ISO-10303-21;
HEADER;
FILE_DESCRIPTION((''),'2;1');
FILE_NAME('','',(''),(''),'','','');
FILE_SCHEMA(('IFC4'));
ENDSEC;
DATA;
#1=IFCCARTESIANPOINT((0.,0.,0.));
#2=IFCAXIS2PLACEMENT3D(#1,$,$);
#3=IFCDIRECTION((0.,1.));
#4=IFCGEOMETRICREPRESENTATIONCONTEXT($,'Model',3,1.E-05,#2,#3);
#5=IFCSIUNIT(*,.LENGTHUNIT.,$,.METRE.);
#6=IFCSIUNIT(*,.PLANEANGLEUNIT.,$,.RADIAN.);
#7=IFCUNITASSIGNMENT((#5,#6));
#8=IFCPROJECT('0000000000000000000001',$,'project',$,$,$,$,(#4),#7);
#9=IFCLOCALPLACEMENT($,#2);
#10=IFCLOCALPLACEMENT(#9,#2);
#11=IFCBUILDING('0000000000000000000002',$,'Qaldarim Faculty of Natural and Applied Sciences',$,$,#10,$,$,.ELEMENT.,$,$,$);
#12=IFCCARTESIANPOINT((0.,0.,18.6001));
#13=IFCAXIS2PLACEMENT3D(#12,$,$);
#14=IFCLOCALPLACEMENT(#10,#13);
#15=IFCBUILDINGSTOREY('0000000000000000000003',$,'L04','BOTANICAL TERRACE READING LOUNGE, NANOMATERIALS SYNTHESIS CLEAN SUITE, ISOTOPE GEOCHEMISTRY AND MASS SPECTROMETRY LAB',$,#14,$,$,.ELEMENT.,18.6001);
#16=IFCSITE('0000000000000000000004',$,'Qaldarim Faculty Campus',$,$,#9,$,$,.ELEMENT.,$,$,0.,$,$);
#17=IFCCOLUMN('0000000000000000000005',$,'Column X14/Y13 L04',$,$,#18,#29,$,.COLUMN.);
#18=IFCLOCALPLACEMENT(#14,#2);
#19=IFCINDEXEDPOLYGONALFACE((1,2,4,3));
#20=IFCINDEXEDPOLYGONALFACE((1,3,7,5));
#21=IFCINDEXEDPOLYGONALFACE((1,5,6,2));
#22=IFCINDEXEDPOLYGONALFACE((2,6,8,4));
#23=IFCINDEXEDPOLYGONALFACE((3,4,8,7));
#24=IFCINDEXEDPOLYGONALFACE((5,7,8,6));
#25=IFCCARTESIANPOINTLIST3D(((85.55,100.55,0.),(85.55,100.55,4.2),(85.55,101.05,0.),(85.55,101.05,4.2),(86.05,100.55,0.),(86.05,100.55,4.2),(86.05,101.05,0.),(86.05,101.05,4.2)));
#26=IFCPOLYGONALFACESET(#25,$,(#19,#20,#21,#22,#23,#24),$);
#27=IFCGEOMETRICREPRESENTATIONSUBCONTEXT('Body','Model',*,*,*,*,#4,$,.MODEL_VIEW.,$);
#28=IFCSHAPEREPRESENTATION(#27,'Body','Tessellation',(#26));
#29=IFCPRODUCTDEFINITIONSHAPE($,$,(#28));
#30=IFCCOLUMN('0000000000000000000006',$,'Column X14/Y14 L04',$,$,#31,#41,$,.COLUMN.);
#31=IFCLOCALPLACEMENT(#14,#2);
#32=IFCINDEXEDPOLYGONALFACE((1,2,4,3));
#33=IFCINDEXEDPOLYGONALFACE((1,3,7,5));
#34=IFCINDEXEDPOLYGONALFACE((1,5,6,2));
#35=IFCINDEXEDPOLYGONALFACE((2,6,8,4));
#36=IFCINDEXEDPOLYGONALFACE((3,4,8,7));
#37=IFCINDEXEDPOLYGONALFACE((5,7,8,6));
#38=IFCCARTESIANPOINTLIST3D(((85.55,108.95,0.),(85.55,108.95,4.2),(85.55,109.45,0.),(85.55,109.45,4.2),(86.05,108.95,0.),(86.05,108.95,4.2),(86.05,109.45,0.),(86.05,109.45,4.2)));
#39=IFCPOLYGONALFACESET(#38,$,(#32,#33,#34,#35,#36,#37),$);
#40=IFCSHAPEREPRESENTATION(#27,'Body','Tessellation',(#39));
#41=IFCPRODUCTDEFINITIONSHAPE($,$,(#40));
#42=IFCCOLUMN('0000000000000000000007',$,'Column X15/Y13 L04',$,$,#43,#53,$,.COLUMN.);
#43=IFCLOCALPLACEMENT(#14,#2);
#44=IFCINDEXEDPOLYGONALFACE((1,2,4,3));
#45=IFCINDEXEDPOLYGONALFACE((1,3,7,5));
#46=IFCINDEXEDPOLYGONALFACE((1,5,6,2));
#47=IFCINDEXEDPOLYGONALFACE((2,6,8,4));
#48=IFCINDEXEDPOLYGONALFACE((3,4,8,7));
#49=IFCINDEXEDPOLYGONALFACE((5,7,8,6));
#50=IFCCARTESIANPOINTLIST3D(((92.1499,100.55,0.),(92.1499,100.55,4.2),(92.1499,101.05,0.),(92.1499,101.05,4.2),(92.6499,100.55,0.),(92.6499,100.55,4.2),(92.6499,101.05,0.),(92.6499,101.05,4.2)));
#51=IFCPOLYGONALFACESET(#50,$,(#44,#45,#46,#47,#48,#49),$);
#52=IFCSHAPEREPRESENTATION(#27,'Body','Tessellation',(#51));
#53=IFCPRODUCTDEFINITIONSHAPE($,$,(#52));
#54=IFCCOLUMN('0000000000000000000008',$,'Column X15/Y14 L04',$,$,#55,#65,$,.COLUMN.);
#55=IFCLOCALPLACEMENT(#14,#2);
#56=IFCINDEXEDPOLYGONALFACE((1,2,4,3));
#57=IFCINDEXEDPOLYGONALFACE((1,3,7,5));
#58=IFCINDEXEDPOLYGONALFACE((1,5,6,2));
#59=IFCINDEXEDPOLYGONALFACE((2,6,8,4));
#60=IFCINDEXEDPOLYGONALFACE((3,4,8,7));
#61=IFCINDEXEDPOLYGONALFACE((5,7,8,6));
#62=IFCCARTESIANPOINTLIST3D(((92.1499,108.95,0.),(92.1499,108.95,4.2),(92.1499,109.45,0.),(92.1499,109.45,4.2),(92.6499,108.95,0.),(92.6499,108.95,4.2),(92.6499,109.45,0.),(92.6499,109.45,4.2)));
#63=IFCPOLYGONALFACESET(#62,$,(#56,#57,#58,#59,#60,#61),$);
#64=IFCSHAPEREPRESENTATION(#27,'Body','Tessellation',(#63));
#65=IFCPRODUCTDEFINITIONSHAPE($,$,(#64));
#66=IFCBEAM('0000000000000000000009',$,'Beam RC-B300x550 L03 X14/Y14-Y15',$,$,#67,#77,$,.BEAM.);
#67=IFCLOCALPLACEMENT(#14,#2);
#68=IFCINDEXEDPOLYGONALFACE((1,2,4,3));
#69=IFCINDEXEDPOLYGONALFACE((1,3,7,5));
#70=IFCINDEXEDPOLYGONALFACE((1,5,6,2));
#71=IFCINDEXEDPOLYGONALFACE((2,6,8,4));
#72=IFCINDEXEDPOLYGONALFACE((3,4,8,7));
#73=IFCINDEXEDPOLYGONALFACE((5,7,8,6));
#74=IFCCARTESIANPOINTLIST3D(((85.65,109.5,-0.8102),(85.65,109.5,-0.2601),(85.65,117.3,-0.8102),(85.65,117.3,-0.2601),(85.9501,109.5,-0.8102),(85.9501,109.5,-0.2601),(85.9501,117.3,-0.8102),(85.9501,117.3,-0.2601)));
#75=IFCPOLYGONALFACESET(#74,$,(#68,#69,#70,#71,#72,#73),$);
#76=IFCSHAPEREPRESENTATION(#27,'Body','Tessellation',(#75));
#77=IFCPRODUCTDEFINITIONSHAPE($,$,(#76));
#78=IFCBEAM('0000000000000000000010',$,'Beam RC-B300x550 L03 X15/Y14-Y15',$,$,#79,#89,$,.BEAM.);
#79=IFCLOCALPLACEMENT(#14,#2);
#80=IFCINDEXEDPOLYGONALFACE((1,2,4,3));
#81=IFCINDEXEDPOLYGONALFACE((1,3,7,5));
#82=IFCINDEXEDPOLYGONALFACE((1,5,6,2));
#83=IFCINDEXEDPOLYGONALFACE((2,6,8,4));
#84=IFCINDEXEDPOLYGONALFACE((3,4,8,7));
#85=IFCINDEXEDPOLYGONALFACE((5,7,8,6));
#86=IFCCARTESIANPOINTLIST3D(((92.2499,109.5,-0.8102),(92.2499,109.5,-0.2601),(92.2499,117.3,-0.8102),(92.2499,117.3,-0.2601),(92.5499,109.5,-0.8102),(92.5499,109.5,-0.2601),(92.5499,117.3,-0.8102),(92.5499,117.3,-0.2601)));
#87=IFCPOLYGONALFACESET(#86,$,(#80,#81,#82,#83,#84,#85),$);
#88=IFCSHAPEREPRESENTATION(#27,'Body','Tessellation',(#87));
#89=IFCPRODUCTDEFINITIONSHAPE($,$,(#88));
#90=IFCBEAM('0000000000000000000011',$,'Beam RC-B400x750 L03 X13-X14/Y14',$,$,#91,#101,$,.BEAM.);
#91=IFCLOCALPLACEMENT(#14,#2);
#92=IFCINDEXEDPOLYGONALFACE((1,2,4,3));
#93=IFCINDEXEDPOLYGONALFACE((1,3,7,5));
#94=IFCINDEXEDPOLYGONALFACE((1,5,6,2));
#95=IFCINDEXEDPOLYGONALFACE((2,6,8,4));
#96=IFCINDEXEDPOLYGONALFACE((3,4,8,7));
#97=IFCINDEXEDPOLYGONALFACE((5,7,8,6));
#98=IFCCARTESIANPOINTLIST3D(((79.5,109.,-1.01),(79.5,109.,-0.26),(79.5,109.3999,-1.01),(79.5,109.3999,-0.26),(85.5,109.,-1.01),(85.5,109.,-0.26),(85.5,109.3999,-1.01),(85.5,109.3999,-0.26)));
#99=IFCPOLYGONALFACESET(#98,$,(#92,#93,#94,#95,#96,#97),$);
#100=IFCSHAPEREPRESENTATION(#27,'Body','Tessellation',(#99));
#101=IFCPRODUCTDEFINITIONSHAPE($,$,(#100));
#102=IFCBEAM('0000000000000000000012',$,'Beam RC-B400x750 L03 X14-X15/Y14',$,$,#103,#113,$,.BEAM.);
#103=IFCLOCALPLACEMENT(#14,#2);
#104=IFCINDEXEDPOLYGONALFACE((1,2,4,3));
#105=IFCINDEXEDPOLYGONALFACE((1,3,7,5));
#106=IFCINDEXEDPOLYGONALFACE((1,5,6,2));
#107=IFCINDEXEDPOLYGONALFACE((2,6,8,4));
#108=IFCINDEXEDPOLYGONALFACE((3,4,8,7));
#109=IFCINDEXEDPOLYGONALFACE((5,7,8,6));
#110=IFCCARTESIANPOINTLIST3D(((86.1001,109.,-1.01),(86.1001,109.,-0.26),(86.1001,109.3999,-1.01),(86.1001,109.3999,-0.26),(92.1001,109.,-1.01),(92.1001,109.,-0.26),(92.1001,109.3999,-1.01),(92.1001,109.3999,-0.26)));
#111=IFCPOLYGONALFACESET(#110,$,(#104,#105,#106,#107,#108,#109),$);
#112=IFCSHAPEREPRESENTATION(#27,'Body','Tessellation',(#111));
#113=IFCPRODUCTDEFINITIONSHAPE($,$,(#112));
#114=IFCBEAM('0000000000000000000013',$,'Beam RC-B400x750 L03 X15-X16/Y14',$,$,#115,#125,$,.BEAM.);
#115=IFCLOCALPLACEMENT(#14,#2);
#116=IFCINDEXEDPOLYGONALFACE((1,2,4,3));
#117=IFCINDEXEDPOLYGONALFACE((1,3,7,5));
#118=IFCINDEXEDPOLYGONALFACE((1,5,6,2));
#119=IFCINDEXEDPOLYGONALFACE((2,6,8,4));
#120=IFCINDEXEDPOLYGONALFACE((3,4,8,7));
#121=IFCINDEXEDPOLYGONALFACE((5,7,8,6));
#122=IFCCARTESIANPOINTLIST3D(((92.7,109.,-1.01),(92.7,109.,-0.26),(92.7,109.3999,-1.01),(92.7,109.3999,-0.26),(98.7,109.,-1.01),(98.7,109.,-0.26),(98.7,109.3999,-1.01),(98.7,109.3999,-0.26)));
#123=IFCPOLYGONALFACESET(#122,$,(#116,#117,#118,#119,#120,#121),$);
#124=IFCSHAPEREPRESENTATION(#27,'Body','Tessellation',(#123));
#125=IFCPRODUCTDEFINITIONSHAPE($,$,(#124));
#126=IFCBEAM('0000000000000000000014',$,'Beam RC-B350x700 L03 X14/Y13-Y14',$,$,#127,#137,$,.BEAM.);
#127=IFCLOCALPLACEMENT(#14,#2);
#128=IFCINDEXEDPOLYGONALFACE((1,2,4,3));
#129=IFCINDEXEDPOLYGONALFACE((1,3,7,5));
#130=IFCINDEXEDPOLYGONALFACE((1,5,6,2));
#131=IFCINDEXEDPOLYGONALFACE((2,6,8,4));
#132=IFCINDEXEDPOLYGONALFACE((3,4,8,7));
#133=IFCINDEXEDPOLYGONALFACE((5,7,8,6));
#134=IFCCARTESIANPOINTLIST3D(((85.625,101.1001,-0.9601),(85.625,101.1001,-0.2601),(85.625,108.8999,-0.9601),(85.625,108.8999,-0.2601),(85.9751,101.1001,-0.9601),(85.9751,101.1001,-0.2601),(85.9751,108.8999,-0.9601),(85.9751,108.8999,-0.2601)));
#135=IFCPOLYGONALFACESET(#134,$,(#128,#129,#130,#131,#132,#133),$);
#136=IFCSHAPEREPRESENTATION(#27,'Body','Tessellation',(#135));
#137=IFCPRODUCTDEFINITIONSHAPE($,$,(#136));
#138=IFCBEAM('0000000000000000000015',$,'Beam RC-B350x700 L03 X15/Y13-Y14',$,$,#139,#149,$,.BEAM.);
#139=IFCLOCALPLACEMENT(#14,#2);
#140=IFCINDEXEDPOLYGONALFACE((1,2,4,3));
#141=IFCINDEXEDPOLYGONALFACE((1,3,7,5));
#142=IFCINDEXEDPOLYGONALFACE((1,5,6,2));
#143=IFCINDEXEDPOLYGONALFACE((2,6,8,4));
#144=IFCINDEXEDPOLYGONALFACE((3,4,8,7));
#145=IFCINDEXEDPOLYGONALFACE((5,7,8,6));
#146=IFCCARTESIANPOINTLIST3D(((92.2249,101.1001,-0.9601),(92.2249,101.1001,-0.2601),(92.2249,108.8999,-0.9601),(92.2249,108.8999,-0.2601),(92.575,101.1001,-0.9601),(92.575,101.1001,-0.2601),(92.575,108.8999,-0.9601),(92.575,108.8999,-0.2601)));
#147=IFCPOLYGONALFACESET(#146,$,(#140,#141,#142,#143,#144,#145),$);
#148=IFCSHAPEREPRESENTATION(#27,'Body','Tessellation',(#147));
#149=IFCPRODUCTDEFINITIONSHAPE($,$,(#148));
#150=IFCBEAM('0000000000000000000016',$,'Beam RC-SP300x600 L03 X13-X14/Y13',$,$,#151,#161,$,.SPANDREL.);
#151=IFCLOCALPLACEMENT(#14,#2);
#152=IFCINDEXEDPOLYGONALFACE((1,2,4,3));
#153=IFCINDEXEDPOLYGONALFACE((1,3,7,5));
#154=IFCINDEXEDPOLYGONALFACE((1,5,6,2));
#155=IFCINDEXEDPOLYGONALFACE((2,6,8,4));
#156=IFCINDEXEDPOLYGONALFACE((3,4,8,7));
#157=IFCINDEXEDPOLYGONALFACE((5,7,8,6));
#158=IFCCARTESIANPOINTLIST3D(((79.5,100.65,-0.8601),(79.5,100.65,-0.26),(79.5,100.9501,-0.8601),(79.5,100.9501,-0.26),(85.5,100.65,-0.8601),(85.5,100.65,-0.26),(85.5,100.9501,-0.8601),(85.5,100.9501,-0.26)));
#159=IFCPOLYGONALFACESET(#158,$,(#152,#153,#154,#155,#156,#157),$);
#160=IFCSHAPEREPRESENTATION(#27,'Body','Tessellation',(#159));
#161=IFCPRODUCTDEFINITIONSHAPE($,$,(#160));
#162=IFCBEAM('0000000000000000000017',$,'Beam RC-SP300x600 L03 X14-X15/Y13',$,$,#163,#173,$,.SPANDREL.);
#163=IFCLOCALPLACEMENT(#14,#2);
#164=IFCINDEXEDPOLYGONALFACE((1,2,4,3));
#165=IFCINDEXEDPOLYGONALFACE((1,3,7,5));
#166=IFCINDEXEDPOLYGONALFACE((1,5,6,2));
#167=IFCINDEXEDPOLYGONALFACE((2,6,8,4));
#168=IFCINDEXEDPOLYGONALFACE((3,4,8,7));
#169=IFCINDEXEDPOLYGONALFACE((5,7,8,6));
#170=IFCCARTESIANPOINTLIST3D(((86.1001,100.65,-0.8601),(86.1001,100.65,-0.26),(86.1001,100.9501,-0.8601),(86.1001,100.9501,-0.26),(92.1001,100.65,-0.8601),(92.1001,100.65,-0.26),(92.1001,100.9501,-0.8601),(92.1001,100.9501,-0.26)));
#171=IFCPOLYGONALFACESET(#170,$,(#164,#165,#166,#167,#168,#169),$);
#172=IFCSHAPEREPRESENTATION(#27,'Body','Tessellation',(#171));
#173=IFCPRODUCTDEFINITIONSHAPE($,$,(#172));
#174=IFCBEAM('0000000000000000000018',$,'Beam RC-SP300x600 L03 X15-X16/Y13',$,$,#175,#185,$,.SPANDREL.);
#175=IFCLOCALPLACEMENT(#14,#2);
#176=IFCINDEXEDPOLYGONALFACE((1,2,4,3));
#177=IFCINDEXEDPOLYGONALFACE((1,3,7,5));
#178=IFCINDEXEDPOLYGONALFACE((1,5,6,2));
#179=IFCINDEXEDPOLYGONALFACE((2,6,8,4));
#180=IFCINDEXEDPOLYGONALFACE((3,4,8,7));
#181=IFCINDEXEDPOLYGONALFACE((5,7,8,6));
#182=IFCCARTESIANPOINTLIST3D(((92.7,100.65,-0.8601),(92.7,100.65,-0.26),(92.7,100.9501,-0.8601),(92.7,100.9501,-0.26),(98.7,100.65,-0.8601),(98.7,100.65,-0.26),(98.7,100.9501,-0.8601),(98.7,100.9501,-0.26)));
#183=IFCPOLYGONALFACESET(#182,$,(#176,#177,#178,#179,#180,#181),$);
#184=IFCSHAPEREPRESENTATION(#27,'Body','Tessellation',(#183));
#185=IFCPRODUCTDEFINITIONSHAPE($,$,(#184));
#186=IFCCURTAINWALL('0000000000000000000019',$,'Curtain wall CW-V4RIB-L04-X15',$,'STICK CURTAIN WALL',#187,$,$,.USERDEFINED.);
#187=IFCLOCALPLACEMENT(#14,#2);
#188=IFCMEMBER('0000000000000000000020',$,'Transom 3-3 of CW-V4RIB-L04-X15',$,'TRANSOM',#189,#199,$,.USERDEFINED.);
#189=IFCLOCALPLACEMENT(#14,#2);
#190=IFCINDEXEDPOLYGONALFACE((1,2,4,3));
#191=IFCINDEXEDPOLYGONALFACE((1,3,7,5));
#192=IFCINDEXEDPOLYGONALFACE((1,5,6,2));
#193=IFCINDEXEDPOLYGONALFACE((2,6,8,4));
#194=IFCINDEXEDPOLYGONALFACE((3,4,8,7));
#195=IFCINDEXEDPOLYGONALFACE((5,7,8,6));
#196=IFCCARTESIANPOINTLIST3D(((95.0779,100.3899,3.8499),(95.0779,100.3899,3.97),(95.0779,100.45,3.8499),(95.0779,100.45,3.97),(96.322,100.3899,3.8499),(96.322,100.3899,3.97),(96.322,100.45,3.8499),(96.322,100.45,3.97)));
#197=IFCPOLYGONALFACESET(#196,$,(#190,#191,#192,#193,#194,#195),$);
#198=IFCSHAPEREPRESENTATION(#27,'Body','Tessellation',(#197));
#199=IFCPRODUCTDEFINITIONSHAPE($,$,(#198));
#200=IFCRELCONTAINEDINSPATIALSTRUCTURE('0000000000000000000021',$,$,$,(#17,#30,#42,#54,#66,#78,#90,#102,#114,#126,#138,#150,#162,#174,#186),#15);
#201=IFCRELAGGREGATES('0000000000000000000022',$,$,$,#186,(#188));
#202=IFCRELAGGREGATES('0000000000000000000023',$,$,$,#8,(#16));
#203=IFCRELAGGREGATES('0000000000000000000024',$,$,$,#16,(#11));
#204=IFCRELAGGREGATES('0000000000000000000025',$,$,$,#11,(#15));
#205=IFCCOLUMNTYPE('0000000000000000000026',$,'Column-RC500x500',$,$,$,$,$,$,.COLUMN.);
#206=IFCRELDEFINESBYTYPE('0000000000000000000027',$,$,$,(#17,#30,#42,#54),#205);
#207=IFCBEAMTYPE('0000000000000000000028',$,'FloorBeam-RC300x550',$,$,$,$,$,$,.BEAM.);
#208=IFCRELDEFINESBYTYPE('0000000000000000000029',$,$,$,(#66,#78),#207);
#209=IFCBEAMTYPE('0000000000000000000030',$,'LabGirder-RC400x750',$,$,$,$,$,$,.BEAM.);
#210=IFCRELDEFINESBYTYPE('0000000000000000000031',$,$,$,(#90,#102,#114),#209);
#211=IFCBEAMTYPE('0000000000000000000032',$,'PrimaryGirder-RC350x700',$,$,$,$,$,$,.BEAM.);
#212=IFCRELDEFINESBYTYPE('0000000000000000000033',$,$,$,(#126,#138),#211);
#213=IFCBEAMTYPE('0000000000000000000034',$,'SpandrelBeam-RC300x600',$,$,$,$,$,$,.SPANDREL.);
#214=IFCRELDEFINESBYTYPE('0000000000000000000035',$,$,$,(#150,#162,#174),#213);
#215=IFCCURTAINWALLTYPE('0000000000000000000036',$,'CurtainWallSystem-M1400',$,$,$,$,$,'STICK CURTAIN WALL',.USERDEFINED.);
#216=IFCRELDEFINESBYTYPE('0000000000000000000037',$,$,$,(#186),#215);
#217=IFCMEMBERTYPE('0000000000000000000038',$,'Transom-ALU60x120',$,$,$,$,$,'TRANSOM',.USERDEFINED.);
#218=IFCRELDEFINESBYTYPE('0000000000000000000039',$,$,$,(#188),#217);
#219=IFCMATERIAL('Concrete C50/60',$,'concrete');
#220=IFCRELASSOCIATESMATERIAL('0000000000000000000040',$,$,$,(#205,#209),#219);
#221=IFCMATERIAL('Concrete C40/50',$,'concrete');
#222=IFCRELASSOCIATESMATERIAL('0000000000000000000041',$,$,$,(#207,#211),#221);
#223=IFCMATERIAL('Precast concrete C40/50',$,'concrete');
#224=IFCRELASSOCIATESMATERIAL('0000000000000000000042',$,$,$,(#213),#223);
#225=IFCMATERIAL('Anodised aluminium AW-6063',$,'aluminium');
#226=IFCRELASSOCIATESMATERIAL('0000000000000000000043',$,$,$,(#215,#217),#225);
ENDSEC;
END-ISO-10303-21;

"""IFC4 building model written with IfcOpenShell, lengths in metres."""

from ifc_helpers import new_model, si_unit, direction, frame, origin, origin_2d, place, context, subcontext, project, spatial, rectangle, extrude, material, material_profile, profile_set, type_object, element, aggregate, save


model = new_model("IFC4")

# Units and contexts
model_context = context("Model", 3, precision=1e-05, world=origin(), true_north=direction((0.0, 1.0)))
body_context = subcontext(model_context, "Body", "Model", "MODEL_VIEW")
ifc_project = project(units=[si_unit("LENGTHUNIT", "METRE"), si_unit("PLANEANGLEUNIT", "RADIAN")], contexts=[model_context])

# Site, building, storey
site_placement = place(None, origin())
site = spatial("IfcSite", under=ifc_project, at=site_placement, Name="Qaldarim Faculty Campus", CompositionType="ELEMENT", RefElevation=0.0)
building_placement = place(site_placement, origin())
building = spatial("IfcBuilding", under=site, at=building_placement, Name="Qaldarim Faculty of Natural and Applied Sciences", CompositionType="ELEMENT")
storey_placement = place(building_placement, frame((0.0, 0.0, 18.6001)))
storey = spatial("IfcBuildingStorey", under=building, at=storey_placement, Name="L04", Description="BOTANICAL TERRACE READING LOUNGE, NANOMATERIALS SYNTHESIS CLEAN SUITE, ISOTOPE GEOCHEMISTRY AND MASS SPECTROMETRY LAB", CompositionType="ELEMENT", Elevation=18.6001)

# Columns
ifc_material_1 = material(Name="Concrete C50/60", Category="concrete")
ifc_material_profile_1 = material_profile(ifc_material_1, rectangle(XDim=0.5, YDim=0.5, at=origin_2d()), Name="RC-C500x500")
ifc_profile_set_1 = profile_set([ifc_material_profile_1], Name="Concrete C50/60")
column_type = type_object("IfcColumnType", Name="Column-RC500x500", PredefinedType="COLUMN", material=ifc_profile_set_1)
for number, where, z_axis, x_axis, name in (
    (1, (85.8, 100.8, 0.0), (0.0, 0.0, 1.0), (1.0, 0.0, 0.0), "Column X14/Y13 L04"),
    (2, (85.8, 109.2, 0.0), (0.0, 0.0, 1.0), (1.0, 0.0, 0.0), "Column X14/Y14 L04"),
    (3, (92.3999, 100.8, 0.0), (0.0, 0.0, 1.0), (1.0, 0.0, 0.0), "Column X15/Y13 L04"),
    (4, (92.3999, 109.2, 0.0), (0.0, 0.0, 1.0), (1.0, 0.0, 0.0), "Column X15/Y14 L04"),
):
    element("IfcColumn", number, at=place(storey_placement, frame(where, z_axis=z_axis, x_axis=x_axis)), inside=storey, type_object=column_type, Name=name, PredefinedType="COLUMN", context=body_context, shape_type="SweptSolid", body=[
        extrude(rectangle(XDim=0.5, YDim=0.5, at=origin_2d()), origin(), (0.0, 0.0, 1.0), 4.2),
    ])

# Beams
ifc_material_2 = material(Name="Concrete C40/50", Category="concrete")
ifc_material_profile_2 = material_profile(ifc_material_2, rectangle(XDim=0.3, YDim=0.55, at=origin_2d()), Name="RC-B300x550")
ifc_profile_set_2 = profile_set([ifc_material_profile_2], Name="Concrete C40/50")
beam_type_1 = type_object("IfcBeamType", Name="FloorBeam-RC300x550", PredefinedType="BEAM", material=ifc_profile_set_2)
for number, where, z_axis, x_axis, name in (
    (5, (85.8, 109.5, -0.5352), (0.0, 1.0, 0.0), (-1.0, 0.0, 0.0), "Beam RC-B300x550 L03 X14/Y14-Y15"),
    (6, (92.3999, 109.5, -0.5352), (0.0, 1.0, 0.0), (-1.0, 0.0, 0.0), "Beam RC-B300x550 L03 X15/Y14-Y15"),
):
    element("IfcBeam", number, at=place(storey_placement, frame(where, z_axis=z_axis, x_axis=x_axis)), inside=storey, type_object=beam_type_1, Name=name, PredefinedType="BEAM", context=body_context, shape_type="SweptSolid", body=[
        extrude(rectangle(XDim=0.3, YDim=0.55, at=origin_2d()), origin(), (0.0, 0.0, 1.0), 7.8),
    ])
ifc_material_profile_3 = material_profile(ifc_material_1, rectangle(XDim=0.3999, YDim=0.75, at=origin_2d()), Name="RC-B400x750")
ifc_profile_set_3 = profile_set([ifc_material_profile_3], Name="Concrete C50/60")
beam_type_2 = type_object("IfcBeamType", Name="LabGirder-RC400x750", PredefinedType="BEAM", material=ifc_profile_set_3)
for number, where, z_axis, x_axis, name in (
    (7, (79.5, 109.2, -0.635), (1.0, 0.0, 0.0), (0.0, 1.0, 0.0), "Beam RC-B400x750 L03 X13-X14/Y14"),
    (8, (86.1001, 109.2, -0.635), (1.0, 0.0, 0.0), (0.0, 1.0, 0.0), "Beam RC-B400x750 L03 X14-X15/Y14"),
    (9, (92.7, 109.2, -0.635), (1.0, 0.0, 0.0), (0.0, 1.0, 0.0), "Beam RC-B400x750 L03 X15-X16/Y14"),
):
    element("IfcBeam", number, at=place(storey_placement, frame(where, z_axis=z_axis, x_axis=x_axis)), inside=storey, type_object=beam_type_2, Name=name, PredefinedType="BEAM", context=body_context, shape_type="SweptSolid", body=[
        extrude(rectangle(XDim=0.3999, YDim=0.75, at=origin_2d()), origin(), (0.0, 0.0, 1.0), 6.0),
    ])
ifc_material_profile_4 = material_profile(ifc_material_2, rectangle(XDim=0.3501, YDim=0.7, at=origin_2d()), Name="RC-B350x700")
ifc_profile_set_4 = profile_set([ifc_material_profile_4], Name="Concrete C40/50")
beam_type_3 = type_object("IfcBeamType", Name="PrimaryGirder-RC350x700", PredefinedType="BEAM", material=ifc_profile_set_4)
for number, where, z_axis, x_axis, name in (
    (10, (85.8, 101.1001, -0.6101), (0.0, 1.0, 0.0), (-1.0, 0.0, 0.0), "Beam RC-B350x700 L03 X14/Y13-Y14"),
    (11, (92.3999, 101.1001, -0.6101), (0.0, 1.0, 0.0), (-1.0, 0.0, 0.0), "Beam RC-B350x700 L03 X15/Y13-Y14"),
):
    element("IfcBeam", number, at=place(storey_placement, frame(where, z_axis=z_axis, x_axis=x_axis)), inside=storey, type_object=beam_type_3, Name=name, PredefinedType="BEAM", context=body_context, shape_type="SweptSolid", body=[
        extrude(rectangle(XDim=0.3501, YDim=0.7, at=origin_2d()), origin(), (0.0, 0.0, 1.0), 7.7998),
    ])
ifc_material_3 = material(Name="Precast concrete C40/50", Category="concrete")
ifc_material_profile_5 = material_profile(ifc_material_3, rectangle(XDim=0.3, YDim=0.6001, at=origin_2d()), Name="RC-SP300x600")
ifc_profile_set_5 = profile_set([ifc_material_profile_5], Name="Precast concrete C40/50")
beam_type_4 = type_object("IfcBeamType", Name="SpandrelBeam-RC300x600", PredefinedType="SPANDREL", material=ifc_profile_set_5)
for number, where, z_axis, x_axis, name in (
    (12, (79.5, 100.8, -0.5601), (1.0, 0.0, 0.0), (0.0, 1.0, 0.0), "Beam RC-SP300x600 L03 X13-X14/Y13"),
    (13, (86.1001, 100.8, -0.5601), (1.0, 0.0, 0.0), (0.0, 1.0, 0.0), "Beam RC-SP300x600 L03 X14-X15/Y13"),
    (14, (92.7, 100.8, -0.5601), (1.0, 0.0, 0.0), (0.0, 1.0, 0.0), "Beam RC-SP300x600 L03 X15-X16/Y13"),
):
    element("IfcBeam", number, at=place(storey_placement, frame(where, z_axis=z_axis, x_axis=x_axis)), inside=storey, type_object=beam_type_4, Name=name, PredefinedType="SPANDREL", context=body_context, shape_type="SweptSolid", body=[
        extrude(rectangle(XDim=0.3, YDim=0.6001, at=origin_2d()), origin(), (0.0, 0.0, 1.0), 6.0),
    ])

# Curtain wall, member
ifc_material_4 = material(Name="Anodised aluminium AW-6063", Category="aluminium")
curtain_wall_type = type_object("IfcCurtainWallType", Name="CurtainWallSystem-M1400", ElementType="STICK CURTAIN WALL", PredefinedType="USERDEFINED", material=ifc_material_4)
curtain_wall_placement = place(storey_placement, origin())
curtain_wall = element("IfcCurtainWall", 15, at=curtain_wall_placement, inside=storey, type_object=curtain_wall_type, Name="Curtain wall CW-V4RIB-L04-X15", ObjectType="STICK CURTAIN WALL", PredefinedType="USERDEFINED")
ifc_material_profile_6 = material_profile(ifc_material_4, rectangle(XDim=0.0601, YDim=0.1201, at=origin_2d()), Name="ALU-T60x120")
ifc_profile_set_6 = profile_set([ifc_material_profile_6], Name="Anodised aluminium AW-6063")
member_type = type_object("IfcMemberType", Name="Transom-ALU60x120", ElementType="TRANSOM", PredefinedType="USERDEFINED", material=ifc_profile_set_6)
member_placement = place(storey_placement, frame((95.0779, 100.4199, 3.9099), z_axis=(1.0, 0.0, 0.0), x_axis=(0.0, 1.0, 0.0)))
member = element("IfcMember", 16, at=member_placement, type_object=member_type, Name="Transom 3-3 of CW-V4RIB-L04-X15", ObjectType="TRANSOM", PredefinedType="USERDEFINED", context=body_context, shape_type="SweptSolid", body=[
    extrude(rectangle(XDim=0.0601, YDim=0.1201, at=origin_2d()), origin(), (0.0, 0.0, 1.0), 1.2441),
])
aggregate(curtain_wall, [member])

save(model, "model.ifc")
